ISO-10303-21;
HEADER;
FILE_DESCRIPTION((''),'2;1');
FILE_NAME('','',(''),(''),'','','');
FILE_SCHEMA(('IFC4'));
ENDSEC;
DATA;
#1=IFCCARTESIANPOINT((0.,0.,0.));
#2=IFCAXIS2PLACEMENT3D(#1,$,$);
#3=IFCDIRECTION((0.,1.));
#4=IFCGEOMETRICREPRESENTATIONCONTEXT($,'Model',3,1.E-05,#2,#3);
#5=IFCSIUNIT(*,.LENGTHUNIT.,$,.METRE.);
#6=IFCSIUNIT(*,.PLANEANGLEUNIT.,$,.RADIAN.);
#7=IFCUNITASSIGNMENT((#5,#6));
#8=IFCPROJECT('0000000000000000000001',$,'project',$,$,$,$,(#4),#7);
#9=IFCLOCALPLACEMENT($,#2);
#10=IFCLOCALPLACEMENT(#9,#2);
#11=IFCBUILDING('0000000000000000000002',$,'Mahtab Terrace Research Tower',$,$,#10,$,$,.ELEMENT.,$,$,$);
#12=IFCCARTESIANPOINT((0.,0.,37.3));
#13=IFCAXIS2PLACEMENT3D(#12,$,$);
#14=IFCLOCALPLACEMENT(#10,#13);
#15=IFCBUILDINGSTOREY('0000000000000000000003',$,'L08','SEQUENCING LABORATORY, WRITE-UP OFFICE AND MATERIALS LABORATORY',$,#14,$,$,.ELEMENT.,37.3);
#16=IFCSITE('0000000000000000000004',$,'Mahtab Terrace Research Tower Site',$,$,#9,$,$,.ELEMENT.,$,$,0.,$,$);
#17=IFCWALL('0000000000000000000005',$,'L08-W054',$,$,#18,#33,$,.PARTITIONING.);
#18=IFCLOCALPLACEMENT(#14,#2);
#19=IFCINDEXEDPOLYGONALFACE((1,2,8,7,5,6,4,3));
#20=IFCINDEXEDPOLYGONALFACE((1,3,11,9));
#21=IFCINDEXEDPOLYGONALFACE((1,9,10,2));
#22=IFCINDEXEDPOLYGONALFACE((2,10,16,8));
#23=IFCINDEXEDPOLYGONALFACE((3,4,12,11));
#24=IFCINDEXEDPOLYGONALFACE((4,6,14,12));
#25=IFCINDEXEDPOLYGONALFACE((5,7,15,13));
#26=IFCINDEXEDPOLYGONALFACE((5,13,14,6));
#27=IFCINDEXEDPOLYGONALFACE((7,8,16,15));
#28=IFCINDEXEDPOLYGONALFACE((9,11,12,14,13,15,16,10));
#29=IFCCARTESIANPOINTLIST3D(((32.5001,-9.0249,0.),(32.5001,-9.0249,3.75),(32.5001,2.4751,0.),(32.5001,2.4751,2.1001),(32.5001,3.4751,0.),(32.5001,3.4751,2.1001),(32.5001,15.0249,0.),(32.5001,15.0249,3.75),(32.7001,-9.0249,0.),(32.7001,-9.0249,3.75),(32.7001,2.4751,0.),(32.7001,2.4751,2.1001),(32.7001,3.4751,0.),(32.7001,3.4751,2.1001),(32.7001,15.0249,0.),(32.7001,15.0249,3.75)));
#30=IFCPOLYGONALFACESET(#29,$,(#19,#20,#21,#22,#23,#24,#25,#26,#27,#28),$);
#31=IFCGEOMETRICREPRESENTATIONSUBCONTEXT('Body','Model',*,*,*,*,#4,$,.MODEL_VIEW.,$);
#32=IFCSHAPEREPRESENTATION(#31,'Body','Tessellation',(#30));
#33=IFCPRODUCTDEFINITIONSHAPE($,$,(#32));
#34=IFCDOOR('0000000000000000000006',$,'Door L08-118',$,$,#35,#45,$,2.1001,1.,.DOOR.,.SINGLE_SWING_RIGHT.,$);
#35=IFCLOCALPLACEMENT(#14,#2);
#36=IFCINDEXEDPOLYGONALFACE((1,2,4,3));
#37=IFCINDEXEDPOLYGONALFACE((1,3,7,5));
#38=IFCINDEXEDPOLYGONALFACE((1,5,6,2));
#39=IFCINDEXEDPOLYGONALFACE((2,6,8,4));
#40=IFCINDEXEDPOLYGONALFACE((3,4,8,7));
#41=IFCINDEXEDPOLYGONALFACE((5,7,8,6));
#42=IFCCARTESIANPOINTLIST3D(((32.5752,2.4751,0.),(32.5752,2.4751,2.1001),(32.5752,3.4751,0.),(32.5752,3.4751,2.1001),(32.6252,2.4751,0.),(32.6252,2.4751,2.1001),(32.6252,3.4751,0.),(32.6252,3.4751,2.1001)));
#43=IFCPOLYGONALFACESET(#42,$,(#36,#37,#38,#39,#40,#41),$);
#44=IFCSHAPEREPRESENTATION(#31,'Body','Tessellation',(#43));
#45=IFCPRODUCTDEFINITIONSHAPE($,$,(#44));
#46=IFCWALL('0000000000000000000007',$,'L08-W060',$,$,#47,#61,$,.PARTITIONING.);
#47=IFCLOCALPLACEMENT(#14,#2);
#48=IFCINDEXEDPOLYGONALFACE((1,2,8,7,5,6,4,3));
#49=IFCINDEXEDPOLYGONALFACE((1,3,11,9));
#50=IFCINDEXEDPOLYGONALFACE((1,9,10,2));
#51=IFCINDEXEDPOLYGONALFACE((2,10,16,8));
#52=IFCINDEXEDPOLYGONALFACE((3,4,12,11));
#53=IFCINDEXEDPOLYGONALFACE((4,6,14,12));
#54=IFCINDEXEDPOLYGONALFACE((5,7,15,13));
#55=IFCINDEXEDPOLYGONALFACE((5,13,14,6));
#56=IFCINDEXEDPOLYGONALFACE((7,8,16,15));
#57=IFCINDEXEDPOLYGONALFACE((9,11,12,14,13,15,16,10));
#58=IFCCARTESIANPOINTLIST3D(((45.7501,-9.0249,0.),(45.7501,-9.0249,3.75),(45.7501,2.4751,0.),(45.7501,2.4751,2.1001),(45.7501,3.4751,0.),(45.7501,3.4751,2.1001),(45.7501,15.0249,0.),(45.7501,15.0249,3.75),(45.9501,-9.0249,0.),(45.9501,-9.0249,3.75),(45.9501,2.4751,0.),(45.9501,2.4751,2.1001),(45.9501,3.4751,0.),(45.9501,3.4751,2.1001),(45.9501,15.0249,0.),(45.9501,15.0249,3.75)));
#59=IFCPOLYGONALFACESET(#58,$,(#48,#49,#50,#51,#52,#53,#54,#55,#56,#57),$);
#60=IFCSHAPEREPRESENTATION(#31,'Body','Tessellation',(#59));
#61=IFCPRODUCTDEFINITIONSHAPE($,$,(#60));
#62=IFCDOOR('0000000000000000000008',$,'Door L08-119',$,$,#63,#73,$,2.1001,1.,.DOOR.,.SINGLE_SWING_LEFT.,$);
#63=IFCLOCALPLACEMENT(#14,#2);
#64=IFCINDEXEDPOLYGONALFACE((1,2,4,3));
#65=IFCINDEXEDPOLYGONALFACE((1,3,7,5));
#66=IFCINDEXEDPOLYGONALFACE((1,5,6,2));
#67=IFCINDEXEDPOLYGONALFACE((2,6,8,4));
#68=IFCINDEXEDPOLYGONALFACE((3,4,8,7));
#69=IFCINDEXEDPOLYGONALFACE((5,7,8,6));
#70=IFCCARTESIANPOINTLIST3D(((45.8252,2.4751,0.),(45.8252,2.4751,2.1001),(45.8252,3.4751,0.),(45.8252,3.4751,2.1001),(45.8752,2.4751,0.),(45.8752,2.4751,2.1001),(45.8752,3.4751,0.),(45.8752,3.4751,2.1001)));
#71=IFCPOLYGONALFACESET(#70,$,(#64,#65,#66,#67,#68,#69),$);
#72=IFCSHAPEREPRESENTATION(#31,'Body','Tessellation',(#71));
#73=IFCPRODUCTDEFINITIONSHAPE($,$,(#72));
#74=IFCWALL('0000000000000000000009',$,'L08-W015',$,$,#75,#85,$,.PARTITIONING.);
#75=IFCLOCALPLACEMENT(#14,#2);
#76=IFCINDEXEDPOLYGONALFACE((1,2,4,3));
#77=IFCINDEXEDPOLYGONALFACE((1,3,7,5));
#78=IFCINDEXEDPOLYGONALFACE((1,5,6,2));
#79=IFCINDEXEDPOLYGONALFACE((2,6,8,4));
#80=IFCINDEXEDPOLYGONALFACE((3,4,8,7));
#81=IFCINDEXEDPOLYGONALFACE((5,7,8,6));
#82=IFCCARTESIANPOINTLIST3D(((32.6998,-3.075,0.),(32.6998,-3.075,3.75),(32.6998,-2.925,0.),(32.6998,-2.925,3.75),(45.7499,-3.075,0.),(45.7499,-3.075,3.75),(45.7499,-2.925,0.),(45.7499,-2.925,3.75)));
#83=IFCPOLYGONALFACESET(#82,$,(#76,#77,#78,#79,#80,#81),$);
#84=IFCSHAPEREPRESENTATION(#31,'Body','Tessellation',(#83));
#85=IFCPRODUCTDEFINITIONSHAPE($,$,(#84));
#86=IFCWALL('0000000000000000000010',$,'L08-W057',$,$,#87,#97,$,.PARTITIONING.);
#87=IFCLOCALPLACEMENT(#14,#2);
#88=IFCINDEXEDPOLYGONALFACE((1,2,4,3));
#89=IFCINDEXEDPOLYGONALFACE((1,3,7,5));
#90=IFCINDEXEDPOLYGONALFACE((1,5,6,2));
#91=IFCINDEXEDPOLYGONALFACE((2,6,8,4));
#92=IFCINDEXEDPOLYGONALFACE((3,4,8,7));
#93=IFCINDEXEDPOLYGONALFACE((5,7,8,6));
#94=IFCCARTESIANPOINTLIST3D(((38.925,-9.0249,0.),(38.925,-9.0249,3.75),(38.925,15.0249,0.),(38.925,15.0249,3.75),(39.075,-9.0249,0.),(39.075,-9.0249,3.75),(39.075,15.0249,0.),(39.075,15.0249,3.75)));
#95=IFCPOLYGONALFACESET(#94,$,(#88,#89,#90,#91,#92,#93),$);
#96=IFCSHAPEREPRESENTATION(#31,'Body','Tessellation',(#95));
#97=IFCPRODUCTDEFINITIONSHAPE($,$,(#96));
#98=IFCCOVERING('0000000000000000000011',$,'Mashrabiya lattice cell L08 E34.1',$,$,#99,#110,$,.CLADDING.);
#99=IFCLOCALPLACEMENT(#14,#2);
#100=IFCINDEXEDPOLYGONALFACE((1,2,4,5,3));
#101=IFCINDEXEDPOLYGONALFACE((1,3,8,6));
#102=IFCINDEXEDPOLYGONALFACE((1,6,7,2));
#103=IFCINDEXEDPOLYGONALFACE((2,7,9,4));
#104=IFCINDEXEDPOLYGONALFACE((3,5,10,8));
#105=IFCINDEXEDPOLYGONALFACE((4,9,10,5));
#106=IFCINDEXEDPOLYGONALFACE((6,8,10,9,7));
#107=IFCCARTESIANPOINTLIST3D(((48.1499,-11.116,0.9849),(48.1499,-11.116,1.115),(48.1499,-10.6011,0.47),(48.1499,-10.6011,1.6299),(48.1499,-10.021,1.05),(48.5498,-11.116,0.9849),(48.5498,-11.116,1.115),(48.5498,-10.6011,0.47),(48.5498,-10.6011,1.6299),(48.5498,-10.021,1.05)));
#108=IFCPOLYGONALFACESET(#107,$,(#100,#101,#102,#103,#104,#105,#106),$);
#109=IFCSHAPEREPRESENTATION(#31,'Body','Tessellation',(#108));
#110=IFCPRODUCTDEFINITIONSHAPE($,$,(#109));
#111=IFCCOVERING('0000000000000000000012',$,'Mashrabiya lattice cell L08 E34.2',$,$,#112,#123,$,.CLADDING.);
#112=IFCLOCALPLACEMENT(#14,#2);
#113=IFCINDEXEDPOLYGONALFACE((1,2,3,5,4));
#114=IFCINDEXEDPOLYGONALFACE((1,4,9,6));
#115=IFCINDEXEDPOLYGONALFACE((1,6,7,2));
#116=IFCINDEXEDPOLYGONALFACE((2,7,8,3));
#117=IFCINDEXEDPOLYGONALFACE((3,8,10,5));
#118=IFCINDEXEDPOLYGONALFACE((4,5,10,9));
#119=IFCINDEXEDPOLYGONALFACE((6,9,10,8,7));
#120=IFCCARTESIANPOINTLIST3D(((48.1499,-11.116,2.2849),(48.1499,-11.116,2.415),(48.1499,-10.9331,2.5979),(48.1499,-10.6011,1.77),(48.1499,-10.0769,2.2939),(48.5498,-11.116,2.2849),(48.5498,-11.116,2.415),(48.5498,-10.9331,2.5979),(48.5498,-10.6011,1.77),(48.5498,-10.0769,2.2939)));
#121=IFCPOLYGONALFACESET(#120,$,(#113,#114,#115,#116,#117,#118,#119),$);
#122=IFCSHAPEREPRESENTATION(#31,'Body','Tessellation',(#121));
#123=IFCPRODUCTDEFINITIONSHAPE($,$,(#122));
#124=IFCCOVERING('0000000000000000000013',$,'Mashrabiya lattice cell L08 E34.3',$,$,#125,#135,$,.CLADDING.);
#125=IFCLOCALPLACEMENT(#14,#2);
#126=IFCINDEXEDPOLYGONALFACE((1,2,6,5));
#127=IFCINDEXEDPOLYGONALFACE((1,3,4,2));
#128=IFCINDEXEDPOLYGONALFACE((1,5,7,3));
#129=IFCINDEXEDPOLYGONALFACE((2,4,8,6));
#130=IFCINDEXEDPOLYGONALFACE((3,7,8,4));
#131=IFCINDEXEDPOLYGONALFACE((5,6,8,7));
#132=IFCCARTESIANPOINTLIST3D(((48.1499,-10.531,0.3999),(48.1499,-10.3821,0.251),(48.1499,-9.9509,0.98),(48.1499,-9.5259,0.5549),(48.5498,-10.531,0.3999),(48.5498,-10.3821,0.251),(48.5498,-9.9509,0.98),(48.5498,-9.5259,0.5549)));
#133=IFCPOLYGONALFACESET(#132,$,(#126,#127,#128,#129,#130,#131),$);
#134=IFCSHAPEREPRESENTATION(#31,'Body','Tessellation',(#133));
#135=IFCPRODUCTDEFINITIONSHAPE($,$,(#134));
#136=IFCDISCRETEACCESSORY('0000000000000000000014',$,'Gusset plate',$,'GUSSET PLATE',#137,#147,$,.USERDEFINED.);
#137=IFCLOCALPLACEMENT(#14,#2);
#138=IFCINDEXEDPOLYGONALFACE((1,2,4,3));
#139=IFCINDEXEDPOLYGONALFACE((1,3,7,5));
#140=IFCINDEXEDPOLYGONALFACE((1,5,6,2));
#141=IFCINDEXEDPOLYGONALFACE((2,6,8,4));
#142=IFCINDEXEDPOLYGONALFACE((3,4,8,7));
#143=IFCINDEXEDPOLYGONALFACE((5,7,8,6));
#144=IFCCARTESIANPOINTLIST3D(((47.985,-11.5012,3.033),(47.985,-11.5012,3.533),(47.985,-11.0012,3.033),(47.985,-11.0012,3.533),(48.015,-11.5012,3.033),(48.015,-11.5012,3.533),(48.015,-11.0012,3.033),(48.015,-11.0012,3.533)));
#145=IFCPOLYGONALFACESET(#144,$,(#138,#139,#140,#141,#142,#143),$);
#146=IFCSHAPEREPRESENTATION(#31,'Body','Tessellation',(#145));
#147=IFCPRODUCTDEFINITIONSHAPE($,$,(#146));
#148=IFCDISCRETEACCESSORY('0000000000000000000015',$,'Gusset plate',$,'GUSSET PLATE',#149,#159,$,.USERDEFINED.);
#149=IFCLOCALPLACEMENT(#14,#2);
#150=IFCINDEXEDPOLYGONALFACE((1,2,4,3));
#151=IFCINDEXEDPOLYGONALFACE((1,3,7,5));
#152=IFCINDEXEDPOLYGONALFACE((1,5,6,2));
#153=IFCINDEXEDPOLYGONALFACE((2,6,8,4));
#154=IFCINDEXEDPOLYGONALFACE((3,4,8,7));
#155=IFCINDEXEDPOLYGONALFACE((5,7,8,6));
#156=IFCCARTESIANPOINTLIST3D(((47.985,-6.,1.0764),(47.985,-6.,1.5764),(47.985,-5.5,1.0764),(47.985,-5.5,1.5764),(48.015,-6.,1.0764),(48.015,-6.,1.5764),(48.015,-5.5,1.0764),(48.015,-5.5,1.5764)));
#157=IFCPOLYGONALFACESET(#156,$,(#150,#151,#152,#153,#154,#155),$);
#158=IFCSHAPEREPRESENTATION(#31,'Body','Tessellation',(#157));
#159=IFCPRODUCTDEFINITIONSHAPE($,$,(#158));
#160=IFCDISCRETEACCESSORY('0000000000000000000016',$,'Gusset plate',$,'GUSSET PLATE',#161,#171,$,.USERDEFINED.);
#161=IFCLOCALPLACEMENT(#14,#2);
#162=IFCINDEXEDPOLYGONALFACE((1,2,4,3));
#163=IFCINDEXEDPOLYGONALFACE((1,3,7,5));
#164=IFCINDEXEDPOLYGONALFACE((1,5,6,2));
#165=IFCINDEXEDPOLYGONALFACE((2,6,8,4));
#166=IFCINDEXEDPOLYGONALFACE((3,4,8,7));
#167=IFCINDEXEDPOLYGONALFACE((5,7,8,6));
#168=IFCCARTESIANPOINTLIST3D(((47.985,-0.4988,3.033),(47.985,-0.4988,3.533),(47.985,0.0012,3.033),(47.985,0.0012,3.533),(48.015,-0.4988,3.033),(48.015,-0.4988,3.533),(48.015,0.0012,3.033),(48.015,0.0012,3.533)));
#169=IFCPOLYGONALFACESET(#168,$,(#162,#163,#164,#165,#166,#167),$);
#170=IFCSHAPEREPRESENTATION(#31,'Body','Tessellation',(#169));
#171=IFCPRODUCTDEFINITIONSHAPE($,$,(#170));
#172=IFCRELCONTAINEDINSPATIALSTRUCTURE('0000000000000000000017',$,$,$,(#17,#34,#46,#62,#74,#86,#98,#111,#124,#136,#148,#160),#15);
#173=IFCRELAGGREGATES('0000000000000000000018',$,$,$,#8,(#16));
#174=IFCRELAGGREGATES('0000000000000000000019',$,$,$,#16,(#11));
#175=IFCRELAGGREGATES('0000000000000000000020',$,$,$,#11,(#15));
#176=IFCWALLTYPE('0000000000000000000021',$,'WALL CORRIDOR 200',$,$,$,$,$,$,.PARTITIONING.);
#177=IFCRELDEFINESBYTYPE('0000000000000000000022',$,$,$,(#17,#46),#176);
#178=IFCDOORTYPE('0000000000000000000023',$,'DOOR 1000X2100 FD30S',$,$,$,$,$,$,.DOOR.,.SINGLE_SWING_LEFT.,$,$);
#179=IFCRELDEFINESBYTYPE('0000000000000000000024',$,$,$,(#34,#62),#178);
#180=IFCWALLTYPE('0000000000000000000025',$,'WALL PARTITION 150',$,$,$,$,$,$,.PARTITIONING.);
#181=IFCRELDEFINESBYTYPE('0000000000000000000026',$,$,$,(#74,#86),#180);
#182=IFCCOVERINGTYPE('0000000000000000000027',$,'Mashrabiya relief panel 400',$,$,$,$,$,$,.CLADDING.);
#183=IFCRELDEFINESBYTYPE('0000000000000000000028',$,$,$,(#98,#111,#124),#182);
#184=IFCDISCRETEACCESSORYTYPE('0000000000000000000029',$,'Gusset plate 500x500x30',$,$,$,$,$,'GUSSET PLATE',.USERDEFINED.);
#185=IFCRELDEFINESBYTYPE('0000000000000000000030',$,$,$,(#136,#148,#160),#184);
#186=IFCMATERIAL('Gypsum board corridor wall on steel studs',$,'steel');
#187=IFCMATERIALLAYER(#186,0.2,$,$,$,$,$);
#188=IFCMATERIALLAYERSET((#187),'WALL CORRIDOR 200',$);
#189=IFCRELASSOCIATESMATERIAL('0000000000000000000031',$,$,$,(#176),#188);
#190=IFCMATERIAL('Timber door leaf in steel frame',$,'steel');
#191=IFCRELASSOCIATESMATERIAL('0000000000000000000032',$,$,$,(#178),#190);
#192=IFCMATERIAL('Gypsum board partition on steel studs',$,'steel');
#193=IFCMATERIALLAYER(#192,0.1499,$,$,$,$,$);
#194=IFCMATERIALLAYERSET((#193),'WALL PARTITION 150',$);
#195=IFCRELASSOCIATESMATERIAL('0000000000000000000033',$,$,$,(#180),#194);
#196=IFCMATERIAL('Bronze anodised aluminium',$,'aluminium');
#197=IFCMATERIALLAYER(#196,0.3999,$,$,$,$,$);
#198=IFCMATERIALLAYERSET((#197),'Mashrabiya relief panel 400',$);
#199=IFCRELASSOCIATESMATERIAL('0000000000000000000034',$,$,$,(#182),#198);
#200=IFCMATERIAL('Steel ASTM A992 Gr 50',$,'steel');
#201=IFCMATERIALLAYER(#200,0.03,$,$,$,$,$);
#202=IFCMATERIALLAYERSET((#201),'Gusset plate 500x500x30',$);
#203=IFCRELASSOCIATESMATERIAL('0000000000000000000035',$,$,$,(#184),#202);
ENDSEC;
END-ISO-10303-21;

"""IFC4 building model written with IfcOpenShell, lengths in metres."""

from ifc_helpers import new_model, si_unit, direction, frame, frame_2d, origin, origin_2d, place, context, subcontext, project, spatial, polyline, rectangle, outline, extrude, material, layer, layer_set, type_object, element, fill, save


model = new_model("IFC4")

# Units and contexts
model_context = context("Model", 3, precision=1e-05, world=origin(), true_north=direction((0.0, 1.0)))
body_context = subcontext(model_context, "Body", "Model", "MODEL_VIEW")
ifc_project = project(units=[si_unit("LENGTHUNIT", "METRE"), si_unit("PLANEANGLEUNIT", "RADIAN")], contexts=[model_context])

# Site, building, storey
site_placement = place(None, origin())
site = spatial("IfcSite", under=ifc_project, at=site_placement, Name="Mahtab Terrace Research Tower Site", CompositionType="ELEMENT", RefElevation=0.0)
building_placement = place(site_placement, origin())
building = spatial("IfcBuilding", under=site, at=building_placement, Name="Mahtab Terrace Research Tower", CompositionType="ELEMENT")
storey_placement = place(building_placement, frame((0.0, 0.0, 37.3)))
storey = spatial("IfcBuildingStorey", under=building, at=storey_placement, Name="L08", Description="SEQUENCING LABORATORY, WRITE-UP OFFICE AND MATERIALS LABORATORY", CompositionType="ELEMENT", Elevation=37.3)

# Shared definitions
ifc_material_1 = material(Name="Gypsum board corridor wall on steel studs", Category="steel")
ifc_layer_1 = layer(ifc_material_1, 0.2)
ifc_layer_set_1 = layer_set([ifc_layer_1], Name="WALL CORRIDOR 200")
wall_type_1 = type_object("IfcWallType", Name="WALL CORRIDOR 200", PredefinedType="PARTITIONING", material=ifc_layer_set_1)
ifc_material_2 = material(Name="Timber door leaf in steel frame", Category="steel")
door_type_1 = type_object("IfcDoorType", Name="DOOR 1000X2100 FD30S", OperationType="SINGLE_SWING_LEFT", PredefinedType="DOOR", material=ifc_material_2)

# Walls, openings, doors
wall_1_placement = place(storey_placement, frame((32.6001, -9.0249, 0.0), z_axis=(0.0, 0.0, 1.0), x_axis=(0.0, 1.0, 0.0)))
wall_1 = element("IfcWall", 1, at=wall_1_placement, inside=storey, type_object=wall_type_1, Name="L08-W054", PredefinedType="PARTITIONING", context=body_context, shape_type="SweptSolid", body=[
    extrude(rectangle(XDim=24.0498, YDim=0.2, at=frame_2d((12.0249, 0.0))), origin(), (0.0, 0.0, 1.0), 3.75),
])
opening_1_placement = place(wall_1_placement, frame((11.5, 0.0, 0.0)))
opening_1 = element("IfcOpeningElement", 2, at=opening_1_placement, cuts=wall_1, PredefinedType="OPENING", context=body_context, shape_type="SweptSolid", body=[
    extrude(rectangle(XDim=1.0, YDim=2.1001, at=frame_2d((0.5, 1.05))), frame((0.0, 0.1099, 0.0), z_axis=(0.0, -1.0, 0.0), x_axis=(1.0, 0.0, 0.0)), (0.0, 0.0, 1.0), 0.22),
])
door_1_placement = place(opening_1_placement, origin())
door_1 = element("IfcDoor", 3, at=door_1_placement, inside=storey, type_object=door_type_1, Name="Door L08-118", OperationType="SINGLE_SWING_RIGHT", OverallHeight=2.1001, OverallWidth=1.0, PredefinedType="DOOR", context=body_context, shape_type="SweptSolid", body=[
    extrude(rectangle(XDim=1.0, YDim=2.1001, at=frame_2d((0.5, 1.05))), frame((0.0, 0.0249, 0.0), z_axis=(0.0, -1.0, 0.0), x_axis=(1.0, 0.0, 0.0)), (0.0, 0.0, 1.0), 0.05),
])
fill(opening_1, door_1)
wall_2_placement = place(storey_placement, frame((45.8501, -9.0249, 0.0), z_axis=(0.0, 0.0, 1.0), x_axis=(0.0, 1.0, 0.0)))
wall_2 = element("IfcWall", 4, at=wall_2_placement, inside=storey, type_object=wall_type_1, Name="L08-W060", PredefinedType="PARTITIONING", context=body_context, shape_type="SweptSolid", body=[
    extrude(rectangle(XDim=24.0498, YDim=0.2, at=frame_2d((12.0249, 0.0))), origin(), (0.0, 0.0, 1.0), 3.75),
])
opening_2_placement = place(wall_2_placement, frame((11.5, 0.0, 0.0)))
opening_2 = element("IfcOpeningElement", 5, at=opening_2_placement, cuts=wall_2, PredefinedType="OPENING", context=body_context, shape_type="SweptSolid", body=[
    extrude(rectangle(XDim=1.0, YDim=2.1001, at=frame_2d((0.5, 1.05))), frame((0.0, 0.1099, 0.0), z_axis=(0.0, -1.0, 0.0), x_axis=(1.0, 0.0, 0.0)), (0.0, 0.0, 1.0), 0.22),
])
door_2_placement = place(opening_2_placement, origin())
door_2 = element("IfcDoor", 6, at=door_2_placement, inside=storey, type_object=door_type_1, Name="Door L08-119", OperationType="SINGLE_SWING_LEFT", OverallHeight=2.1001, OverallWidth=1.0, PredefinedType="DOOR", context=body_context, shape_type="SweptSolid", body=[
    extrude(rectangle(XDim=1.0, YDim=2.1001, at=frame_2d((0.5, 1.05))), frame((0.0, 0.0249, 0.0), z_axis=(0.0, -1.0, 0.0), x_axis=(1.0, 0.0, 0.0)), (0.0, 0.0, 1.0), 0.05),
])
fill(opening_2, door_2)

# Walls
ifc_material_3 = material(Name="Gypsum board partition on steel studs", Category="steel")
ifc_layer_2 = layer(ifc_material_3, 0.1499)
ifc_layer_set_2 = layer_set([ifc_layer_2], Name="WALL PARTITION 150")
wall_type_2 = type_object("IfcWallType", Name="WALL PARTITION 150", PredefinedType="PARTITIONING", material=ifc_layer_set_2)
wall_3_placement = place(storey_placement, frame((32.7, -3.0, 0.0), z_axis=(0.0, 0.0, 1.0), x_axis=(1.0, 0.0, 0.0)))
element("IfcWall", 7, at=wall_3_placement, inside=storey, type_object=wall_type_2, Name="L08-W015", PredefinedType="PARTITIONING", context=body_context, shape_type="SweptSolid", body=[
    extrude(rectangle(XDim=13.05, YDim=0.1499, at=frame_2d((6.5249, 0.0))), origin(), (0.0, 0.0, 1.0), 3.75),
])
wall_4_placement = place(storey_placement, frame((39.0, -9.0249, 0.0), z_axis=(0.0, 0.0, 1.0), x_axis=(0.0, 1.0, 0.0)))
element("IfcWall", 8, at=wall_4_placement, inside=storey, type_object=wall_type_2, Name="L08-W057", PredefinedType="PARTITIONING", context=body_context, shape_type="SweptSolid", body=[
    extrude(rectangle(XDim=24.0498, YDim=0.1499, at=frame_2d((12.0249, 0.0))), origin(), (0.0, 0.0, 1.0), 3.75),
])

# Coverings
ifc_material_4 = material(Name="Bronze anodised aluminium", Category="aluminium")
ifc_layer_3 = layer(ifc_material_4, 0.3999)
ifc_layer_set_3 = layer_set([ifc_layer_3], Name="Mashrabiya relief panel 400")
covering_type = type_object("IfcCoveringType", Name="Mashrabiya relief panel 400", PredefinedType="CLADDING", material=ifc_layer_set_3)
covering_1_placement = place(storey_placement, frame((48.1499, -10.6011, 1.6299), z_axis=(-1.0, 0.0, 0.0), x_axis=(0.0, 0.707256, -0.706958)))
element("IfcCovering", 9, at=covering_1_placement, inside=storey, type_object=covering_type, Name="Mashrabiya lattice cell L08 E34.1", PredefinedType="CLADDING", context=body_context, shape_type="SweptSolid", body=[
    extrude(outline(polyline([(0.0, 0.0), (0.8202, 0.0), (0.82, 0.8204), (0.0918, 0.8202), (-0.0002, 0.7282), (0.0, 0.0)])), origin(), (0.0, 0.0, -1.0), 0.3999),
])
covering_2_placement = place(storey_placement, frame((48.1499, -10.6011, 1.77), z_axis=(-1.0, 0.0, 0.0), x_axis=(0.0, -0.707107, 0.707107)))
element("IfcCovering", 10, at=covering_2_placement, inside=storey, type_object=covering_type, Name="Mashrabiya lattice cell L08 E34.2", PredefinedType="CLADDING", context=body_context, shape_type="SweptSolid", body=[
    extrude(outline(polyline([(0.0, 0.0), (0.7282, 0.0), (0.8202, 0.092), (0.8202, 0.3506), (-0.0002, 0.7411), (0.0, 0.0)])), origin(), (0.0, 0.0, -1.0), 0.3999),
])
covering_3_placement = place(storey_placement, frame((48.1499, -10.531, 0.3999), z_axis=(-1.0, 0.0, 0.0), x_axis=(0.0, 0.707107, 0.707107)))
element("IfcCovering", 11, at=covering_3_placement, inside=storey, type_object=covering_type, Name="Mashrabiya lattice cell L08 E34.3", PredefinedType="CLADDING", context=body_context, shape_type="SweptSolid", body=[
    extrude(outline(polyline([(0.0, 0.0), (0.8204, 0.0), (0.8204, 0.6011), (0.0, 0.2106), (0.0, 0.0)])), origin(), (0.0, 0.0, -1.0), 0.3999),
])

# Discrete accessories
ifc_material_5 = material(Name="Steel ASTM A992 Gr 50", Category="steel")
ifc_layer_4 = layer(ifc_material_5, 0.03)
ifc_layer_set_4 = layer_set([ifc_layer_4], Name="Gusset plate 500x500x30")
discrete_accessory_type = type_object("IfcDiscreteAccessoryType", Name="Gusset plate 500x500x30", ElementType="GUSSET PLATE", PredefinedType="USERDEFINED", material=ifc_layer_set_4)
for number, where, z_axis, x_axis, name in (
    (12, (48.0, -11.2512, 3.033), (0.0, 0.0, 1.0), (0.0, 1.0, 0.0), "Gusset plate"),
    (13, (48.0, -5.75, 1.0764), (0.0, 0.0, 1.0), (0.0, 1.0, 0.0), "Gusset plate"),
    (14, (48.0, -0.2488, 3.033), (0.0, 0.0, 1.0), (0.0, 1.0, 0.0), "Gusset plate"),
):
    element("IfcDiscreteAccessory", number, at=place(storey_placement, frame(where, z_axis=z_axis, x_axis=x_axis)), inside=storey, type_object=discrete_accessory_type, Name=name, ObjectType="GUSSET PLATE", PredefinedType="USERDEFINED", context=body_context, shape_type="SweptSolid", body=[
        extrude(rectangle(XDim=0.5, YDim=0.03, at=origin_2d()), origin(), (0.0, 0.0, 1.0), 0.5),
    ])

save(model, "model.ifc")
